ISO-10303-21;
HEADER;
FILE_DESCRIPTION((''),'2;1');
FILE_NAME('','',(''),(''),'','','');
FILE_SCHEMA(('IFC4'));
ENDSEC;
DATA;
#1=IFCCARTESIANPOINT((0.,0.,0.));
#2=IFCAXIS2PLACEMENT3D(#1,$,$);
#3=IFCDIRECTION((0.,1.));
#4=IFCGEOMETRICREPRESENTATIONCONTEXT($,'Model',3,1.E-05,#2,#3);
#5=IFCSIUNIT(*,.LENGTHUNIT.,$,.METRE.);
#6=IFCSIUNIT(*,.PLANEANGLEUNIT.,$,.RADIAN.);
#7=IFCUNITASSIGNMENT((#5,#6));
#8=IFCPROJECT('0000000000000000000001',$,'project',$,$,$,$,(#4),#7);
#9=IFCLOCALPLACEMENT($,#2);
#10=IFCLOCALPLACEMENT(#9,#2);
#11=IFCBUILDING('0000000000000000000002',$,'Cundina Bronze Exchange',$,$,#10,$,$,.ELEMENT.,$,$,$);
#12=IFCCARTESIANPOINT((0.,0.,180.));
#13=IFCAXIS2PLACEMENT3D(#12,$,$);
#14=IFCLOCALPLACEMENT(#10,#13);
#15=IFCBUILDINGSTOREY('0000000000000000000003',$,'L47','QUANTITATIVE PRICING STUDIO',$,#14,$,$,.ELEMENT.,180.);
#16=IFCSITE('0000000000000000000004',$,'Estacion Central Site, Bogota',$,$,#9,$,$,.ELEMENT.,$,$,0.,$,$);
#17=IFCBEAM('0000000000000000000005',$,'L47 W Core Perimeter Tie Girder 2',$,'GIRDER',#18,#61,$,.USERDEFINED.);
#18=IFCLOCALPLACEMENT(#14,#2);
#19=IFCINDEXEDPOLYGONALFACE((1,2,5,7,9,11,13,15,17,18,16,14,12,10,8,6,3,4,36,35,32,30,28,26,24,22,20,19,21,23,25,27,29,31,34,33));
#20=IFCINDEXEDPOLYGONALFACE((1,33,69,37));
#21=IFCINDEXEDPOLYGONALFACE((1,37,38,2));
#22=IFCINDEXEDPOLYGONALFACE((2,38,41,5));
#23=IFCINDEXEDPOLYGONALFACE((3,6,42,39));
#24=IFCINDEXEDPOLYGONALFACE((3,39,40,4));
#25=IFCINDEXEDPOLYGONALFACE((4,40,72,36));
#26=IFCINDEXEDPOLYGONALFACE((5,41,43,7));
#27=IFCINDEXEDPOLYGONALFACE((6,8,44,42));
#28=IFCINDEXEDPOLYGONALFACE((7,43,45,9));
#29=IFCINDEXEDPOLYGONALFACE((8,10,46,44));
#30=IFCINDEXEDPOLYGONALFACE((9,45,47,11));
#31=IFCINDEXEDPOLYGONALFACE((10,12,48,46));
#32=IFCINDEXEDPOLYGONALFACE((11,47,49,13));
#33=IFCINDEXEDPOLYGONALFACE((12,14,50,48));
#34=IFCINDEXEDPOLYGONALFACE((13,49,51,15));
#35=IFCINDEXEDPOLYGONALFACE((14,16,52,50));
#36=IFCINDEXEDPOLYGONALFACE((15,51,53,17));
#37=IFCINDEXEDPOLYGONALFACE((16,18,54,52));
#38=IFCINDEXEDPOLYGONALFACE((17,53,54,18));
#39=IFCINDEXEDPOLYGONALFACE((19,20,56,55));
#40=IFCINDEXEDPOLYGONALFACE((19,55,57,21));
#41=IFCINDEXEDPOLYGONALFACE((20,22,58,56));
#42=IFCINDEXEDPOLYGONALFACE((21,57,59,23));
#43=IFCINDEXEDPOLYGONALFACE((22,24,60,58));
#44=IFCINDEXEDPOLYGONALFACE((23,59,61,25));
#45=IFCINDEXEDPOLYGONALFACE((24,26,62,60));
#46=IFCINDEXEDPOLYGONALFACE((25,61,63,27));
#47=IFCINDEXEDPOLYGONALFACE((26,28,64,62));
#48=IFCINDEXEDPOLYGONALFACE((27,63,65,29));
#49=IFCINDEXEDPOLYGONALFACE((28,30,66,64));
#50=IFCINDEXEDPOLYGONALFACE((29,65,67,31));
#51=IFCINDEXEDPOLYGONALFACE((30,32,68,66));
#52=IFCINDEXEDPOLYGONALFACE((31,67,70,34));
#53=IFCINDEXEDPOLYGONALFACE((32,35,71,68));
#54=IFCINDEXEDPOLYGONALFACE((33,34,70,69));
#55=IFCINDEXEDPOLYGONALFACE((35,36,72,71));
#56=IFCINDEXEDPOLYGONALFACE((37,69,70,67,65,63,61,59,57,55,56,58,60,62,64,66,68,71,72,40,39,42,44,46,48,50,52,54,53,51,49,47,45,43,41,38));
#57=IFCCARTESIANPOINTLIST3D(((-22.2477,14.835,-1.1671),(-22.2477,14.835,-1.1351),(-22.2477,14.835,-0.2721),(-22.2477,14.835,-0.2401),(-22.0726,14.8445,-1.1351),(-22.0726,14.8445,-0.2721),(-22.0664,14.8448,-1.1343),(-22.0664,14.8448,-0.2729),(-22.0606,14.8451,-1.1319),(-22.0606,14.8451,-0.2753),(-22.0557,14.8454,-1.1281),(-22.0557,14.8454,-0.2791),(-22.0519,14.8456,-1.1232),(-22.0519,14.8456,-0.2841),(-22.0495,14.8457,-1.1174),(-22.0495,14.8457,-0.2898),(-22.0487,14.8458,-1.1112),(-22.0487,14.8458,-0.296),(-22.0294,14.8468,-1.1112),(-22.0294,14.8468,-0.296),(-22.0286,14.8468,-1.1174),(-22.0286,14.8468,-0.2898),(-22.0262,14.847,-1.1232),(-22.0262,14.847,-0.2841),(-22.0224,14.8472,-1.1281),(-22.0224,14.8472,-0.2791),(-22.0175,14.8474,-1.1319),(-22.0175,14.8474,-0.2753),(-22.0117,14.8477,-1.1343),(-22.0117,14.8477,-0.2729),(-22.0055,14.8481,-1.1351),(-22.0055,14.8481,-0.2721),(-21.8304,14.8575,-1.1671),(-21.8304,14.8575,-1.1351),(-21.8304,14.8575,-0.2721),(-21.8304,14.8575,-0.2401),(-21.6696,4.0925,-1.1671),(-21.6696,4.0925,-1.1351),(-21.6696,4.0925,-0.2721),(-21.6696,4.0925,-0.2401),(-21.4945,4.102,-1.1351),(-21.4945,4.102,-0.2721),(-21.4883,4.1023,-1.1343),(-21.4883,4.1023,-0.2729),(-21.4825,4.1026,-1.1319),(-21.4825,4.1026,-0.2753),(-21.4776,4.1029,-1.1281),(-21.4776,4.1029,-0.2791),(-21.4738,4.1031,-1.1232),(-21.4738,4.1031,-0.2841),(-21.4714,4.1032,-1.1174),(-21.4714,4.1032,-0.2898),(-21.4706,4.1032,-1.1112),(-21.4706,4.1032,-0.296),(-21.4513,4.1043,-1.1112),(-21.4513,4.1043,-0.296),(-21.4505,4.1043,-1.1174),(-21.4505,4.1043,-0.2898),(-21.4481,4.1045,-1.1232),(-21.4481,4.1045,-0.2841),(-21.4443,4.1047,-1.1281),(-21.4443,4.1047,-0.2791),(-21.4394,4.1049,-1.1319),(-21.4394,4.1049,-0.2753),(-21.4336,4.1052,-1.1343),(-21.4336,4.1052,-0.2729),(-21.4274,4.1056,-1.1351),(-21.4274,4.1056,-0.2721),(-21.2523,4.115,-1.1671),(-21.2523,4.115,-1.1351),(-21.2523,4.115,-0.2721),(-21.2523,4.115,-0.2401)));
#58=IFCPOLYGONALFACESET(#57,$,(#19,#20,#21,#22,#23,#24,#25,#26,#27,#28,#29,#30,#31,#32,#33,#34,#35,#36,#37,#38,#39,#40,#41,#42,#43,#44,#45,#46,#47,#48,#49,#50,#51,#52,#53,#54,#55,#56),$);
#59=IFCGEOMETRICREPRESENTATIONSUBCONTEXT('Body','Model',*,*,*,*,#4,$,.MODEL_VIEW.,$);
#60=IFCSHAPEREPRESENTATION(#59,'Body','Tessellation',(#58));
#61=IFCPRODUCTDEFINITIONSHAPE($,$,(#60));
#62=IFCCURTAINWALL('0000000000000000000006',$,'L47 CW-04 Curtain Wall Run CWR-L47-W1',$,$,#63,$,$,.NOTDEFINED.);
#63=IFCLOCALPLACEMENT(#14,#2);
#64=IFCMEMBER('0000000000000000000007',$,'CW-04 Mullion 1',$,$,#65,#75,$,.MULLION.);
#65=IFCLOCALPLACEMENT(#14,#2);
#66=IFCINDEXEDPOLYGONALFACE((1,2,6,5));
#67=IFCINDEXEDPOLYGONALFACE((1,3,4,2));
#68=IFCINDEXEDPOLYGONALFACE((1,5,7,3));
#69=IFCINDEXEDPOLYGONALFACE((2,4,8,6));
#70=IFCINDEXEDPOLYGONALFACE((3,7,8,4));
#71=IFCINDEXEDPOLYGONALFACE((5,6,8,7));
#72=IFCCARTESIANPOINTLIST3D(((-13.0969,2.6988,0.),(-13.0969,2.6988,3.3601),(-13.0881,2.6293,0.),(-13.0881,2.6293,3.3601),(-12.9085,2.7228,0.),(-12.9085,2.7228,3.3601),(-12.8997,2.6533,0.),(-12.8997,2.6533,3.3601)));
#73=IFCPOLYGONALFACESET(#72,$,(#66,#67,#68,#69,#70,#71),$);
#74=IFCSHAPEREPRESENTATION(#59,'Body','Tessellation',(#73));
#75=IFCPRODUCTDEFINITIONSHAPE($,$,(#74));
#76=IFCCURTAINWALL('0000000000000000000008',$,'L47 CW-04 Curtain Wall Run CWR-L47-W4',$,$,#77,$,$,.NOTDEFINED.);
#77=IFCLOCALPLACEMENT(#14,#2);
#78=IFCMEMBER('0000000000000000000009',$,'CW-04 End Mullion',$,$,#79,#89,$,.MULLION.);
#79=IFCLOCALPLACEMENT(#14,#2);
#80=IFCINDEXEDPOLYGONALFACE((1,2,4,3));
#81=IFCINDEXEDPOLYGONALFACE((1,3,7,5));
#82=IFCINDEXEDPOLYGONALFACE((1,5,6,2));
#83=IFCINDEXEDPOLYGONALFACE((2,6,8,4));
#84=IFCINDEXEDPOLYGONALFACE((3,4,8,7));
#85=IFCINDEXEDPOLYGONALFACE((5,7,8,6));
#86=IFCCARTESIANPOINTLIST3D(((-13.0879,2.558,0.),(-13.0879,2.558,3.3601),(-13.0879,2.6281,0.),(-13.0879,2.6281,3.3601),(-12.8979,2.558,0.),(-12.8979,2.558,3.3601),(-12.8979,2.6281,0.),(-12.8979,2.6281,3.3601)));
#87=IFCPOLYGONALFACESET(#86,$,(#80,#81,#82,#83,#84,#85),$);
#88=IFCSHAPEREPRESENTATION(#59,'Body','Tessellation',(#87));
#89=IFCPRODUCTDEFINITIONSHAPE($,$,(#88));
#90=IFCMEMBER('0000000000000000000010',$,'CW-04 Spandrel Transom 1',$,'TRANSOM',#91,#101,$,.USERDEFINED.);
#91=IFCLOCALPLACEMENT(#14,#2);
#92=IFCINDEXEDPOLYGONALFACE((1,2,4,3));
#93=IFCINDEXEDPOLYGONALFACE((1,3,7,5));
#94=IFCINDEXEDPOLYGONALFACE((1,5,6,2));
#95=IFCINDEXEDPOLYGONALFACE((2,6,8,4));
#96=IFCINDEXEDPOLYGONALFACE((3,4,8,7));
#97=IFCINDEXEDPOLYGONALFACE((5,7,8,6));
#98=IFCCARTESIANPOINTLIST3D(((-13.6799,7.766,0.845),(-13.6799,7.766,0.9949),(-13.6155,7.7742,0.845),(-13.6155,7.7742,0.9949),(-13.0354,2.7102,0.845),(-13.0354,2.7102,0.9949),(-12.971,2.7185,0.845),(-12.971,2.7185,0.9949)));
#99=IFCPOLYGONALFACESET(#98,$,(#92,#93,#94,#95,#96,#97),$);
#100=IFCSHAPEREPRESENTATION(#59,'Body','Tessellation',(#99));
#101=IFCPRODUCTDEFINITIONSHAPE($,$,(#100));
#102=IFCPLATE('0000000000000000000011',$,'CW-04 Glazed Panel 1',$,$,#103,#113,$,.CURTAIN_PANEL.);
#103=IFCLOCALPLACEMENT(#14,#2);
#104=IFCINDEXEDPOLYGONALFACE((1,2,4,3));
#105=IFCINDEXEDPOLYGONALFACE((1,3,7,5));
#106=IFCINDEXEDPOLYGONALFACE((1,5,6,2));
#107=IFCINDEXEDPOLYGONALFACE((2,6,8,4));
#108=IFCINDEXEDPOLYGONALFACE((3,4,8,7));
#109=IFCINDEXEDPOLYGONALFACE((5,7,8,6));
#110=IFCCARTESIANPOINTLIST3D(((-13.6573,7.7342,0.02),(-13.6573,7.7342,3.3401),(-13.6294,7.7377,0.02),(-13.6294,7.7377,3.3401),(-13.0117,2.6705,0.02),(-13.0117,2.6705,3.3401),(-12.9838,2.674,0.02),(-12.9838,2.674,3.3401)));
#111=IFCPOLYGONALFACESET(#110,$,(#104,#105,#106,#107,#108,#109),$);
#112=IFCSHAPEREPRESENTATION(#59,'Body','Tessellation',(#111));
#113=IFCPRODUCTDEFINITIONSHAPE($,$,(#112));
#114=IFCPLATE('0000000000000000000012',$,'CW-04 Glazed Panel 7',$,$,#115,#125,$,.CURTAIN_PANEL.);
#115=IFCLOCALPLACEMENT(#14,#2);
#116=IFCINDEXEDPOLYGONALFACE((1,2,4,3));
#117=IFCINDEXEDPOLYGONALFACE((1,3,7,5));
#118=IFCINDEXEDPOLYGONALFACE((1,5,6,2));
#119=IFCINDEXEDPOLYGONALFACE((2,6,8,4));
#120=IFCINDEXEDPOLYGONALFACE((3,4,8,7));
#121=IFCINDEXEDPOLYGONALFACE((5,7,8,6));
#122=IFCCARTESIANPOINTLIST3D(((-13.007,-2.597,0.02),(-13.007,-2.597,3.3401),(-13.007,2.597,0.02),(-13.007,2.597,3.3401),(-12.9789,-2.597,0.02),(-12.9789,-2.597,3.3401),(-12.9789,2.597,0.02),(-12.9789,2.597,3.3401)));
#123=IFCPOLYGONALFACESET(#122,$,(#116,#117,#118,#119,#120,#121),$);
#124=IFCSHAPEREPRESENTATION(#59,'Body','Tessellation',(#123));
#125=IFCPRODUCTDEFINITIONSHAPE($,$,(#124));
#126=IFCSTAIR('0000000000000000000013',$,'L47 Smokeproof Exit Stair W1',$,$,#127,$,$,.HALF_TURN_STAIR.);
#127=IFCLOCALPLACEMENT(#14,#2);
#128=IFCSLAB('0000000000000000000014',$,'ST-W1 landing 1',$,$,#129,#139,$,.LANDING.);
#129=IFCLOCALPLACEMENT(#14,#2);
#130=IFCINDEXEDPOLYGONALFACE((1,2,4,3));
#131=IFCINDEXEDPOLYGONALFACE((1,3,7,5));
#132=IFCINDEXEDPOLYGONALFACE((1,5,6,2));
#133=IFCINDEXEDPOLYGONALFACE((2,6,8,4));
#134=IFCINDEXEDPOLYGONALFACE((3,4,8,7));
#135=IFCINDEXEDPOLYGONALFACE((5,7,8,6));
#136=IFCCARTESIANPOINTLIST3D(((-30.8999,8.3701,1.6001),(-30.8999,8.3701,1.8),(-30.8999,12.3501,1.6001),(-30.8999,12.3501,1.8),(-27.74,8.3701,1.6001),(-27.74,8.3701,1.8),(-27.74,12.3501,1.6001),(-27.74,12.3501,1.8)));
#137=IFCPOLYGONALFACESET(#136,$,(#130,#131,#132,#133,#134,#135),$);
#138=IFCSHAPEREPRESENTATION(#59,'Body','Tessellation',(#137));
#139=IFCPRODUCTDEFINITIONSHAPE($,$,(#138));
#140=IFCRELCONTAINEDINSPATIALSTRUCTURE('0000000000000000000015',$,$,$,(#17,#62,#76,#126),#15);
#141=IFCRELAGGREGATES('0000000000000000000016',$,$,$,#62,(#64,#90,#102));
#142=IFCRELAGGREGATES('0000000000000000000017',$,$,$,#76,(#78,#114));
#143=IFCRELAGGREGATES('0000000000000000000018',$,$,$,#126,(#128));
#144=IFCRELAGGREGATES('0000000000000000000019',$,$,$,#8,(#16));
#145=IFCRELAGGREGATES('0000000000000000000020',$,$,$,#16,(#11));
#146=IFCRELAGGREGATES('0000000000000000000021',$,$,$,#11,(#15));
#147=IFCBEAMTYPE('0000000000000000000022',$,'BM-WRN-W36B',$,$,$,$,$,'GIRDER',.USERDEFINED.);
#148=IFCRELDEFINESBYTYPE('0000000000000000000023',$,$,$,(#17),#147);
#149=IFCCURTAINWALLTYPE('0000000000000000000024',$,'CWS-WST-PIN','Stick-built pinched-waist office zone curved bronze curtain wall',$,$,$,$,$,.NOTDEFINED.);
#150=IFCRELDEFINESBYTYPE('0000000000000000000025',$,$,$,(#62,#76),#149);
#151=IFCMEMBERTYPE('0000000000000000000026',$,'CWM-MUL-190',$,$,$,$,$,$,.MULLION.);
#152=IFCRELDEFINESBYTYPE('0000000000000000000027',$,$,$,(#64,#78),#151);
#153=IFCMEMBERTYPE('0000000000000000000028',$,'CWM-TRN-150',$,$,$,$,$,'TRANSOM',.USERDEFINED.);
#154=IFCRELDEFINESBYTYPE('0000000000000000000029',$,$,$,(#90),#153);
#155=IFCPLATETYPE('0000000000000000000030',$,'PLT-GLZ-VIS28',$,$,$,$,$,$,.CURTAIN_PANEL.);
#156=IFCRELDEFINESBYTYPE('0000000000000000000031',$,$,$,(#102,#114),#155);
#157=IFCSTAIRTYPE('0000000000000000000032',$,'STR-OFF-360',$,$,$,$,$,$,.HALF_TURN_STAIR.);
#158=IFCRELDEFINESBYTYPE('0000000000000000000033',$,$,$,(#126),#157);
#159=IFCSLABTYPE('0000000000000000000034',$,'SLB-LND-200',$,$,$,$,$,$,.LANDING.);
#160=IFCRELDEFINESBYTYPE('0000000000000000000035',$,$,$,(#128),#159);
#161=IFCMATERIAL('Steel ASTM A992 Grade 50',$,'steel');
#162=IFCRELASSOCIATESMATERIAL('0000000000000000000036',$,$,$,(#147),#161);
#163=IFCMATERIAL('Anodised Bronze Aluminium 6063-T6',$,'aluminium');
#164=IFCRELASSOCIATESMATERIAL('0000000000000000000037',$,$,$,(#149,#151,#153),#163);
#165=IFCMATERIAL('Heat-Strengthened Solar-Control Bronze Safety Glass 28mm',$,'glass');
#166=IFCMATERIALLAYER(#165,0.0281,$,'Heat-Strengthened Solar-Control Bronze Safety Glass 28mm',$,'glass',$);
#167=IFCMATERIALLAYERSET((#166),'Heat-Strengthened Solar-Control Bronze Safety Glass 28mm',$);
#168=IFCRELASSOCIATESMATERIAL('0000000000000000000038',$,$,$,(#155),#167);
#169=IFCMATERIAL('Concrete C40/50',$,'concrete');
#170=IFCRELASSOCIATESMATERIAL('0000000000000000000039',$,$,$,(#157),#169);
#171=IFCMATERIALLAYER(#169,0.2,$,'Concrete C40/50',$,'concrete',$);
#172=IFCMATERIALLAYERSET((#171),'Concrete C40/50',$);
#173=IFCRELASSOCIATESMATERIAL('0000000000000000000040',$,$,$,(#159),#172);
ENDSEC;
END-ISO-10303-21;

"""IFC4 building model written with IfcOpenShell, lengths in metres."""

from ifc_helpers import new_model, si_unit, direction, frame, origin, origin_2d, place, context, subcontext, project, spatial, polyline, rectangle, i_section, outline, extrude, material, layer, layer_set, material_profile, profile_set, type_object, element, aggregate, save


model = new_model("IFC4")

# Units and contexts
model_context = context("Model", 3, precision=1e-05, world=origin(), true_north=direction((0.0, 1.0)))
body_context = subcontext(model_context, "Body", "Model", "MODEL_VIEW")
ifc_project = project(units=[si_unit("LENGTHUNIT", "METRE"), si_unit("PLANEANGLEUNIT", "RADIAN")], contexts=[model_context])

# Site, building, storey
site_placement = place(None, origin())
site = spatial("IfcSite", under=ifc_project, at=site_placement, Name="Estacion Central Site, Bogota", CompositionType="ELEMENT", RefElevation=0.0)
building_placement = place(site_placement, origin())
building = spatial("IfcBuilding", under=site, at=building_placement, Name="Cundina Bronze Exchange", CompositionType="ELEMENT")
storey_placement = place(building_placement, frame((0.0, 0.0, 180.0)))
storey = spatial("IfcBuildingStorey", under=building, at=storey_placement, Name="L47", Description="QUANTITATIVE PRICING STUDIO", CompositionType="ELEMENT", Elevation=180.0)

# Shared definitions
ifc_material_1 = material(Name="Steel ASTM A992 Grade 50", Category="steel")

# Beam
ifc_material_profile_1 = material_profile(ifc_material_1, i_section(OverallWidth=0.418, OverallDepth=0.927, WebThickness=0.0193, FlangeThickness=0.032, FilletRadius=0.0239, at=origin_2d()), Name="W36X231", Category="steel")
ifc_profile_set_1 = profile_set([ifc_material_profile_1], Name="Steel ASTM A992 Grade 50")
beam_type_1 = type_object("IfcBeamType", Name="BM-WRN-W36B", ElementType="GIRDER", PredefinedType="USERDEFINED", material=ifc_profile_set_1)
beam_1_placement = place(storey_placement, frame((-21.4609, 4.1038, -0.7036), z_axis=(-0.053739, 0.998555, 0.0), x_axis=(-0.998555, -0.053739, 0.0)))
element("IfcBeam", 1, at=beam_1_placement, inside=storey, type_object=beam_type_1, Name="L47 W Core Perimeter Tie Girder 2", ObjectType="GIRDER", PredefinedType="USERDEFINED", context=body_context, shape_type="SweptSolid", body=[
    extrude(i_section(OverallWidth=0.418, OverallDepth=0.927, WebThickness=0.0193, FlangeThickness=0.032, FilletRadius=0.0239, at=origin_2d()), origin(), (0.0, 0.0, 1.0), 10.7581),
])

# Curtain walls, members
ifc_material_2 = material(Name="Anodised Bronze Aluminium 6063-T6", Category="aluminium")
curtain_wall_type = type_object("IfcCurtainWallType", Name="CWS-WST-PIN", Description="Stick-built pinched-waist office zone curved bronze curtain wall", PredefinedType="NOTDEFINED", material=ifc_material_2)
curtain_wall_1_placement = place(storey_placement, origin())
curtain_wall_1 = element("IfcCurtainWall", 2, at=curtain_wall_1_placement, inside=storey, type_object=curtain_wall_type, Name="L47 CW-04 Curtain Wall Run CWR-L47-W1", PredefinedType="NOTDEFINED")
ifc_material_profile_2 = material_profile(ifc_material_2, rectangle(XDim=0.0701, YDim=0.1899, at=origin_2d()), Name="AL70X190", Category="aluminium")
ifc_profile_set_2 = profile_set([ifc_material_profile_2], Name="Anodised Bronze Aluminium 6063-T6")
member_type_1 = type_object("IfcMemberType", Name="CWM-MUL-190", PredefinedType="MULLION", material=ifc_profile_set_2)
member_1_placement = place(storey_placement, frame((-12.9983, 2.676, 0.0), z_axis=(0.0, 0.0, 1.0), x_axis=(-0.126545, 0.991961, 0.0)))
member_1 = element("IfcMember", 3, at=member_1_placement, type_object=member_type_1, Name="CW-04 Mullion 1", PredefinedType="MULLION", context=body_context, shape_type="SweptSolid", body=[
    extrude(rectangle(XDim=0.0701, YDim=0.1899, at=origin_2d()), origin(), (0.0, 0.0, 1.0), 3.3601),
])
curtain_wall_2_placement = place(storey_placement, origin())
curtain_wall_2 = element("IfcCurtainWall", 4, at=curtain_wall_2_placement, inside=storey, type_object=curtain_wall_type, Name="L47 CW-04 Curtain Wall Run CWR-L47-W4", PredefinedType="NOTDEFINED")
member_2_placement = place(storey_placement, frame((-12.9929, 2.593, 0.0), z_axis=(0.0, 0.0, 1.0), x_axis=(0.0, 1.0, 0.0)))
member_2 = element("IfcMember", 5, at=member_2_placement, type_object=member_type_1, Name="CW-04 End Mullion", PredefinedType="MULLION", context=body_context, shape_type="SweptSolid", body=[
    extrude(rectangle(XDim=0.0701, YDim=0.1899, at=origin_2d()), origin(), (0.0, 0.0, 1.0), 3.3601),
])

# Member
ifc_material_profile_3 = material_profile(ifc_material_2, rectangle(XDim=0.0649, YDim=0.1499, at=origin_2d()), Name="AL65X150", Category="aluminium")
ifc_profile_set_3 = profile_set([ifc_material_profile_3], Name="Anodised Bronze Aluminium 6063-T6")
member_type_2 = type_object("IfcMemberType", Name="CWM-TRN-150", ElementType="TRANSOM", PredefinedType="USERDEFINED", material=ifc_profile_set_3)
member_3_placement = place(storey_placement, frame((-13.0032, 2.7144, 0.9199), z_axis=(-0.126463, 0.991971, 0.0), x_axis=(-0.991971, -0.126463, 0.0)))
member_3 = element("IfcMember", 6, at=member_3_placement, type_object=member_type_2, Name="CW-04 Spandrel Transom 1", ObjectType="TRANSOM", PredefinedType="USERDEFINED", context=body_context, shape_type="SweptSolid", body=[
    extrude(rectangle(XDim=0.0649, YDim=0.1499, at=origin_2d()), origin(), (0.0, 0.0, 1.0), 5.0967),
])

# Plates
ifc_material_3 = material(Name="Heat-Strengthened Solar-Control Bronze Safety Glass 28mm", Category="glass")
ifc_layer_1 = layer(ifc_material_3, 0.0281, Name="Heat-Strengthened Solar-Control Bronze Safety Glass 28mm", Category="glass")
ifc_layer_set_1 = layer_set([ifc_layer_1], Name="Heat-Strengthened Solar-Control Bronze Safety Glass 28mm")
plate_type = type_object("IfcPlateType", Name="PLT-GLZ-VIS28", PredefinedType="CURTAIN_PANEL", material=ifc_layer_set_1)
plate_1_placement = place(storey_placement, frame((-13.3206, 5.2041, 0.02), z_axis=(0.0, 0.0, 1.0), x_axis=(-0.126476, 0.99197, 0.0)))
plate_1 = element("IfcPlate", 7, at=plate_1_placement, type_object=plate_type, Name="CW-04 Glazed Panel 1", PredefinedType="CURTAIN_PANEL", context=body_context, shape_type="SweptSolid", body=[
    extrude(rectangle(XDim=5.1047, YDim=0.0281, at=origin_2d()), origin(), (0.0, 0.0, 1.0), 3.3201),
])
aggregate(curtain_wall_1, [member_1, member_3, plate_1])
plate_2_placement = place(storey_placement, frame((-12.9929, 0.0, 0.02), z_axis=(0.0, 0.0, 1.0), x_axis=(0.0, 1.0, 0.0)))
plate_2 = element("IfcPlate", 8, at=plate_2_placement, type_object=plate_type, Name="CW-04 Glazed Panel 7", PredefinedType="CURTAIN_PANEL", context=body_context, shape_type="SweptSolid", body=[
    extrude(rectangle(XDim=5.1941, YDim=0.0281, at=origin_2d()), origin(), (0.0, 0.0, 1.0), 3.3201),
])
aggregate(curtain_wall_2, [member_2, plate_2])

# Stair, slab
ifc_material_4 = material(Name="Concrete C40/50", Category="concrete")
stair_type = type_object("IfcStairType", Name="STR-OFF-360", PredefinedType="HALF_TURN_STAIR", material=ifc_material_4)
stair_placement = place(storey_placement, origin())
stair = element("IfcStair", 9, at=stair_placement, inside=storey, type_object=stair_type, Name="L47 Smokeproof Exit Stair W1", PredefinedType="HALF_TURN_STAIR")
ifc_layer_2 = layer(ifc_material_4, 0.2, Name="Concrete C40/50", Category="concrete")
ifc_layer_set_2 = layer_set([ifc_layer_2], Name="Concrete C40/50")
slab_type_1 = type_object("IfcSlabType", Name="SLB-LND-200", PredefinedType="LANDING", material=ifc_layer_set_2)
slab_1_placement = place(storey_placement, frame((0.0, 0.0, 1.6001)))
slab_1 = element("IfcSlab", 10, at=slab_1_placement, type_object=slab_type_1, Name="ST-W1 landing 1", PredefinedType="LANDING", context=body_context, shape_type="SweptSolid", body=[
    extrude(outline(polyline([(-27.74, 8.3701), (-27.74, 12.3501), (-30.8999, 12.3501), (-30.8999, 8.3701), (-27.74, 8.3701)])), origin(), (0.0, 0.0, 1.0), 0.2),
])

aggregate(stair, [slab_1])

save(model, "model.ifc")
